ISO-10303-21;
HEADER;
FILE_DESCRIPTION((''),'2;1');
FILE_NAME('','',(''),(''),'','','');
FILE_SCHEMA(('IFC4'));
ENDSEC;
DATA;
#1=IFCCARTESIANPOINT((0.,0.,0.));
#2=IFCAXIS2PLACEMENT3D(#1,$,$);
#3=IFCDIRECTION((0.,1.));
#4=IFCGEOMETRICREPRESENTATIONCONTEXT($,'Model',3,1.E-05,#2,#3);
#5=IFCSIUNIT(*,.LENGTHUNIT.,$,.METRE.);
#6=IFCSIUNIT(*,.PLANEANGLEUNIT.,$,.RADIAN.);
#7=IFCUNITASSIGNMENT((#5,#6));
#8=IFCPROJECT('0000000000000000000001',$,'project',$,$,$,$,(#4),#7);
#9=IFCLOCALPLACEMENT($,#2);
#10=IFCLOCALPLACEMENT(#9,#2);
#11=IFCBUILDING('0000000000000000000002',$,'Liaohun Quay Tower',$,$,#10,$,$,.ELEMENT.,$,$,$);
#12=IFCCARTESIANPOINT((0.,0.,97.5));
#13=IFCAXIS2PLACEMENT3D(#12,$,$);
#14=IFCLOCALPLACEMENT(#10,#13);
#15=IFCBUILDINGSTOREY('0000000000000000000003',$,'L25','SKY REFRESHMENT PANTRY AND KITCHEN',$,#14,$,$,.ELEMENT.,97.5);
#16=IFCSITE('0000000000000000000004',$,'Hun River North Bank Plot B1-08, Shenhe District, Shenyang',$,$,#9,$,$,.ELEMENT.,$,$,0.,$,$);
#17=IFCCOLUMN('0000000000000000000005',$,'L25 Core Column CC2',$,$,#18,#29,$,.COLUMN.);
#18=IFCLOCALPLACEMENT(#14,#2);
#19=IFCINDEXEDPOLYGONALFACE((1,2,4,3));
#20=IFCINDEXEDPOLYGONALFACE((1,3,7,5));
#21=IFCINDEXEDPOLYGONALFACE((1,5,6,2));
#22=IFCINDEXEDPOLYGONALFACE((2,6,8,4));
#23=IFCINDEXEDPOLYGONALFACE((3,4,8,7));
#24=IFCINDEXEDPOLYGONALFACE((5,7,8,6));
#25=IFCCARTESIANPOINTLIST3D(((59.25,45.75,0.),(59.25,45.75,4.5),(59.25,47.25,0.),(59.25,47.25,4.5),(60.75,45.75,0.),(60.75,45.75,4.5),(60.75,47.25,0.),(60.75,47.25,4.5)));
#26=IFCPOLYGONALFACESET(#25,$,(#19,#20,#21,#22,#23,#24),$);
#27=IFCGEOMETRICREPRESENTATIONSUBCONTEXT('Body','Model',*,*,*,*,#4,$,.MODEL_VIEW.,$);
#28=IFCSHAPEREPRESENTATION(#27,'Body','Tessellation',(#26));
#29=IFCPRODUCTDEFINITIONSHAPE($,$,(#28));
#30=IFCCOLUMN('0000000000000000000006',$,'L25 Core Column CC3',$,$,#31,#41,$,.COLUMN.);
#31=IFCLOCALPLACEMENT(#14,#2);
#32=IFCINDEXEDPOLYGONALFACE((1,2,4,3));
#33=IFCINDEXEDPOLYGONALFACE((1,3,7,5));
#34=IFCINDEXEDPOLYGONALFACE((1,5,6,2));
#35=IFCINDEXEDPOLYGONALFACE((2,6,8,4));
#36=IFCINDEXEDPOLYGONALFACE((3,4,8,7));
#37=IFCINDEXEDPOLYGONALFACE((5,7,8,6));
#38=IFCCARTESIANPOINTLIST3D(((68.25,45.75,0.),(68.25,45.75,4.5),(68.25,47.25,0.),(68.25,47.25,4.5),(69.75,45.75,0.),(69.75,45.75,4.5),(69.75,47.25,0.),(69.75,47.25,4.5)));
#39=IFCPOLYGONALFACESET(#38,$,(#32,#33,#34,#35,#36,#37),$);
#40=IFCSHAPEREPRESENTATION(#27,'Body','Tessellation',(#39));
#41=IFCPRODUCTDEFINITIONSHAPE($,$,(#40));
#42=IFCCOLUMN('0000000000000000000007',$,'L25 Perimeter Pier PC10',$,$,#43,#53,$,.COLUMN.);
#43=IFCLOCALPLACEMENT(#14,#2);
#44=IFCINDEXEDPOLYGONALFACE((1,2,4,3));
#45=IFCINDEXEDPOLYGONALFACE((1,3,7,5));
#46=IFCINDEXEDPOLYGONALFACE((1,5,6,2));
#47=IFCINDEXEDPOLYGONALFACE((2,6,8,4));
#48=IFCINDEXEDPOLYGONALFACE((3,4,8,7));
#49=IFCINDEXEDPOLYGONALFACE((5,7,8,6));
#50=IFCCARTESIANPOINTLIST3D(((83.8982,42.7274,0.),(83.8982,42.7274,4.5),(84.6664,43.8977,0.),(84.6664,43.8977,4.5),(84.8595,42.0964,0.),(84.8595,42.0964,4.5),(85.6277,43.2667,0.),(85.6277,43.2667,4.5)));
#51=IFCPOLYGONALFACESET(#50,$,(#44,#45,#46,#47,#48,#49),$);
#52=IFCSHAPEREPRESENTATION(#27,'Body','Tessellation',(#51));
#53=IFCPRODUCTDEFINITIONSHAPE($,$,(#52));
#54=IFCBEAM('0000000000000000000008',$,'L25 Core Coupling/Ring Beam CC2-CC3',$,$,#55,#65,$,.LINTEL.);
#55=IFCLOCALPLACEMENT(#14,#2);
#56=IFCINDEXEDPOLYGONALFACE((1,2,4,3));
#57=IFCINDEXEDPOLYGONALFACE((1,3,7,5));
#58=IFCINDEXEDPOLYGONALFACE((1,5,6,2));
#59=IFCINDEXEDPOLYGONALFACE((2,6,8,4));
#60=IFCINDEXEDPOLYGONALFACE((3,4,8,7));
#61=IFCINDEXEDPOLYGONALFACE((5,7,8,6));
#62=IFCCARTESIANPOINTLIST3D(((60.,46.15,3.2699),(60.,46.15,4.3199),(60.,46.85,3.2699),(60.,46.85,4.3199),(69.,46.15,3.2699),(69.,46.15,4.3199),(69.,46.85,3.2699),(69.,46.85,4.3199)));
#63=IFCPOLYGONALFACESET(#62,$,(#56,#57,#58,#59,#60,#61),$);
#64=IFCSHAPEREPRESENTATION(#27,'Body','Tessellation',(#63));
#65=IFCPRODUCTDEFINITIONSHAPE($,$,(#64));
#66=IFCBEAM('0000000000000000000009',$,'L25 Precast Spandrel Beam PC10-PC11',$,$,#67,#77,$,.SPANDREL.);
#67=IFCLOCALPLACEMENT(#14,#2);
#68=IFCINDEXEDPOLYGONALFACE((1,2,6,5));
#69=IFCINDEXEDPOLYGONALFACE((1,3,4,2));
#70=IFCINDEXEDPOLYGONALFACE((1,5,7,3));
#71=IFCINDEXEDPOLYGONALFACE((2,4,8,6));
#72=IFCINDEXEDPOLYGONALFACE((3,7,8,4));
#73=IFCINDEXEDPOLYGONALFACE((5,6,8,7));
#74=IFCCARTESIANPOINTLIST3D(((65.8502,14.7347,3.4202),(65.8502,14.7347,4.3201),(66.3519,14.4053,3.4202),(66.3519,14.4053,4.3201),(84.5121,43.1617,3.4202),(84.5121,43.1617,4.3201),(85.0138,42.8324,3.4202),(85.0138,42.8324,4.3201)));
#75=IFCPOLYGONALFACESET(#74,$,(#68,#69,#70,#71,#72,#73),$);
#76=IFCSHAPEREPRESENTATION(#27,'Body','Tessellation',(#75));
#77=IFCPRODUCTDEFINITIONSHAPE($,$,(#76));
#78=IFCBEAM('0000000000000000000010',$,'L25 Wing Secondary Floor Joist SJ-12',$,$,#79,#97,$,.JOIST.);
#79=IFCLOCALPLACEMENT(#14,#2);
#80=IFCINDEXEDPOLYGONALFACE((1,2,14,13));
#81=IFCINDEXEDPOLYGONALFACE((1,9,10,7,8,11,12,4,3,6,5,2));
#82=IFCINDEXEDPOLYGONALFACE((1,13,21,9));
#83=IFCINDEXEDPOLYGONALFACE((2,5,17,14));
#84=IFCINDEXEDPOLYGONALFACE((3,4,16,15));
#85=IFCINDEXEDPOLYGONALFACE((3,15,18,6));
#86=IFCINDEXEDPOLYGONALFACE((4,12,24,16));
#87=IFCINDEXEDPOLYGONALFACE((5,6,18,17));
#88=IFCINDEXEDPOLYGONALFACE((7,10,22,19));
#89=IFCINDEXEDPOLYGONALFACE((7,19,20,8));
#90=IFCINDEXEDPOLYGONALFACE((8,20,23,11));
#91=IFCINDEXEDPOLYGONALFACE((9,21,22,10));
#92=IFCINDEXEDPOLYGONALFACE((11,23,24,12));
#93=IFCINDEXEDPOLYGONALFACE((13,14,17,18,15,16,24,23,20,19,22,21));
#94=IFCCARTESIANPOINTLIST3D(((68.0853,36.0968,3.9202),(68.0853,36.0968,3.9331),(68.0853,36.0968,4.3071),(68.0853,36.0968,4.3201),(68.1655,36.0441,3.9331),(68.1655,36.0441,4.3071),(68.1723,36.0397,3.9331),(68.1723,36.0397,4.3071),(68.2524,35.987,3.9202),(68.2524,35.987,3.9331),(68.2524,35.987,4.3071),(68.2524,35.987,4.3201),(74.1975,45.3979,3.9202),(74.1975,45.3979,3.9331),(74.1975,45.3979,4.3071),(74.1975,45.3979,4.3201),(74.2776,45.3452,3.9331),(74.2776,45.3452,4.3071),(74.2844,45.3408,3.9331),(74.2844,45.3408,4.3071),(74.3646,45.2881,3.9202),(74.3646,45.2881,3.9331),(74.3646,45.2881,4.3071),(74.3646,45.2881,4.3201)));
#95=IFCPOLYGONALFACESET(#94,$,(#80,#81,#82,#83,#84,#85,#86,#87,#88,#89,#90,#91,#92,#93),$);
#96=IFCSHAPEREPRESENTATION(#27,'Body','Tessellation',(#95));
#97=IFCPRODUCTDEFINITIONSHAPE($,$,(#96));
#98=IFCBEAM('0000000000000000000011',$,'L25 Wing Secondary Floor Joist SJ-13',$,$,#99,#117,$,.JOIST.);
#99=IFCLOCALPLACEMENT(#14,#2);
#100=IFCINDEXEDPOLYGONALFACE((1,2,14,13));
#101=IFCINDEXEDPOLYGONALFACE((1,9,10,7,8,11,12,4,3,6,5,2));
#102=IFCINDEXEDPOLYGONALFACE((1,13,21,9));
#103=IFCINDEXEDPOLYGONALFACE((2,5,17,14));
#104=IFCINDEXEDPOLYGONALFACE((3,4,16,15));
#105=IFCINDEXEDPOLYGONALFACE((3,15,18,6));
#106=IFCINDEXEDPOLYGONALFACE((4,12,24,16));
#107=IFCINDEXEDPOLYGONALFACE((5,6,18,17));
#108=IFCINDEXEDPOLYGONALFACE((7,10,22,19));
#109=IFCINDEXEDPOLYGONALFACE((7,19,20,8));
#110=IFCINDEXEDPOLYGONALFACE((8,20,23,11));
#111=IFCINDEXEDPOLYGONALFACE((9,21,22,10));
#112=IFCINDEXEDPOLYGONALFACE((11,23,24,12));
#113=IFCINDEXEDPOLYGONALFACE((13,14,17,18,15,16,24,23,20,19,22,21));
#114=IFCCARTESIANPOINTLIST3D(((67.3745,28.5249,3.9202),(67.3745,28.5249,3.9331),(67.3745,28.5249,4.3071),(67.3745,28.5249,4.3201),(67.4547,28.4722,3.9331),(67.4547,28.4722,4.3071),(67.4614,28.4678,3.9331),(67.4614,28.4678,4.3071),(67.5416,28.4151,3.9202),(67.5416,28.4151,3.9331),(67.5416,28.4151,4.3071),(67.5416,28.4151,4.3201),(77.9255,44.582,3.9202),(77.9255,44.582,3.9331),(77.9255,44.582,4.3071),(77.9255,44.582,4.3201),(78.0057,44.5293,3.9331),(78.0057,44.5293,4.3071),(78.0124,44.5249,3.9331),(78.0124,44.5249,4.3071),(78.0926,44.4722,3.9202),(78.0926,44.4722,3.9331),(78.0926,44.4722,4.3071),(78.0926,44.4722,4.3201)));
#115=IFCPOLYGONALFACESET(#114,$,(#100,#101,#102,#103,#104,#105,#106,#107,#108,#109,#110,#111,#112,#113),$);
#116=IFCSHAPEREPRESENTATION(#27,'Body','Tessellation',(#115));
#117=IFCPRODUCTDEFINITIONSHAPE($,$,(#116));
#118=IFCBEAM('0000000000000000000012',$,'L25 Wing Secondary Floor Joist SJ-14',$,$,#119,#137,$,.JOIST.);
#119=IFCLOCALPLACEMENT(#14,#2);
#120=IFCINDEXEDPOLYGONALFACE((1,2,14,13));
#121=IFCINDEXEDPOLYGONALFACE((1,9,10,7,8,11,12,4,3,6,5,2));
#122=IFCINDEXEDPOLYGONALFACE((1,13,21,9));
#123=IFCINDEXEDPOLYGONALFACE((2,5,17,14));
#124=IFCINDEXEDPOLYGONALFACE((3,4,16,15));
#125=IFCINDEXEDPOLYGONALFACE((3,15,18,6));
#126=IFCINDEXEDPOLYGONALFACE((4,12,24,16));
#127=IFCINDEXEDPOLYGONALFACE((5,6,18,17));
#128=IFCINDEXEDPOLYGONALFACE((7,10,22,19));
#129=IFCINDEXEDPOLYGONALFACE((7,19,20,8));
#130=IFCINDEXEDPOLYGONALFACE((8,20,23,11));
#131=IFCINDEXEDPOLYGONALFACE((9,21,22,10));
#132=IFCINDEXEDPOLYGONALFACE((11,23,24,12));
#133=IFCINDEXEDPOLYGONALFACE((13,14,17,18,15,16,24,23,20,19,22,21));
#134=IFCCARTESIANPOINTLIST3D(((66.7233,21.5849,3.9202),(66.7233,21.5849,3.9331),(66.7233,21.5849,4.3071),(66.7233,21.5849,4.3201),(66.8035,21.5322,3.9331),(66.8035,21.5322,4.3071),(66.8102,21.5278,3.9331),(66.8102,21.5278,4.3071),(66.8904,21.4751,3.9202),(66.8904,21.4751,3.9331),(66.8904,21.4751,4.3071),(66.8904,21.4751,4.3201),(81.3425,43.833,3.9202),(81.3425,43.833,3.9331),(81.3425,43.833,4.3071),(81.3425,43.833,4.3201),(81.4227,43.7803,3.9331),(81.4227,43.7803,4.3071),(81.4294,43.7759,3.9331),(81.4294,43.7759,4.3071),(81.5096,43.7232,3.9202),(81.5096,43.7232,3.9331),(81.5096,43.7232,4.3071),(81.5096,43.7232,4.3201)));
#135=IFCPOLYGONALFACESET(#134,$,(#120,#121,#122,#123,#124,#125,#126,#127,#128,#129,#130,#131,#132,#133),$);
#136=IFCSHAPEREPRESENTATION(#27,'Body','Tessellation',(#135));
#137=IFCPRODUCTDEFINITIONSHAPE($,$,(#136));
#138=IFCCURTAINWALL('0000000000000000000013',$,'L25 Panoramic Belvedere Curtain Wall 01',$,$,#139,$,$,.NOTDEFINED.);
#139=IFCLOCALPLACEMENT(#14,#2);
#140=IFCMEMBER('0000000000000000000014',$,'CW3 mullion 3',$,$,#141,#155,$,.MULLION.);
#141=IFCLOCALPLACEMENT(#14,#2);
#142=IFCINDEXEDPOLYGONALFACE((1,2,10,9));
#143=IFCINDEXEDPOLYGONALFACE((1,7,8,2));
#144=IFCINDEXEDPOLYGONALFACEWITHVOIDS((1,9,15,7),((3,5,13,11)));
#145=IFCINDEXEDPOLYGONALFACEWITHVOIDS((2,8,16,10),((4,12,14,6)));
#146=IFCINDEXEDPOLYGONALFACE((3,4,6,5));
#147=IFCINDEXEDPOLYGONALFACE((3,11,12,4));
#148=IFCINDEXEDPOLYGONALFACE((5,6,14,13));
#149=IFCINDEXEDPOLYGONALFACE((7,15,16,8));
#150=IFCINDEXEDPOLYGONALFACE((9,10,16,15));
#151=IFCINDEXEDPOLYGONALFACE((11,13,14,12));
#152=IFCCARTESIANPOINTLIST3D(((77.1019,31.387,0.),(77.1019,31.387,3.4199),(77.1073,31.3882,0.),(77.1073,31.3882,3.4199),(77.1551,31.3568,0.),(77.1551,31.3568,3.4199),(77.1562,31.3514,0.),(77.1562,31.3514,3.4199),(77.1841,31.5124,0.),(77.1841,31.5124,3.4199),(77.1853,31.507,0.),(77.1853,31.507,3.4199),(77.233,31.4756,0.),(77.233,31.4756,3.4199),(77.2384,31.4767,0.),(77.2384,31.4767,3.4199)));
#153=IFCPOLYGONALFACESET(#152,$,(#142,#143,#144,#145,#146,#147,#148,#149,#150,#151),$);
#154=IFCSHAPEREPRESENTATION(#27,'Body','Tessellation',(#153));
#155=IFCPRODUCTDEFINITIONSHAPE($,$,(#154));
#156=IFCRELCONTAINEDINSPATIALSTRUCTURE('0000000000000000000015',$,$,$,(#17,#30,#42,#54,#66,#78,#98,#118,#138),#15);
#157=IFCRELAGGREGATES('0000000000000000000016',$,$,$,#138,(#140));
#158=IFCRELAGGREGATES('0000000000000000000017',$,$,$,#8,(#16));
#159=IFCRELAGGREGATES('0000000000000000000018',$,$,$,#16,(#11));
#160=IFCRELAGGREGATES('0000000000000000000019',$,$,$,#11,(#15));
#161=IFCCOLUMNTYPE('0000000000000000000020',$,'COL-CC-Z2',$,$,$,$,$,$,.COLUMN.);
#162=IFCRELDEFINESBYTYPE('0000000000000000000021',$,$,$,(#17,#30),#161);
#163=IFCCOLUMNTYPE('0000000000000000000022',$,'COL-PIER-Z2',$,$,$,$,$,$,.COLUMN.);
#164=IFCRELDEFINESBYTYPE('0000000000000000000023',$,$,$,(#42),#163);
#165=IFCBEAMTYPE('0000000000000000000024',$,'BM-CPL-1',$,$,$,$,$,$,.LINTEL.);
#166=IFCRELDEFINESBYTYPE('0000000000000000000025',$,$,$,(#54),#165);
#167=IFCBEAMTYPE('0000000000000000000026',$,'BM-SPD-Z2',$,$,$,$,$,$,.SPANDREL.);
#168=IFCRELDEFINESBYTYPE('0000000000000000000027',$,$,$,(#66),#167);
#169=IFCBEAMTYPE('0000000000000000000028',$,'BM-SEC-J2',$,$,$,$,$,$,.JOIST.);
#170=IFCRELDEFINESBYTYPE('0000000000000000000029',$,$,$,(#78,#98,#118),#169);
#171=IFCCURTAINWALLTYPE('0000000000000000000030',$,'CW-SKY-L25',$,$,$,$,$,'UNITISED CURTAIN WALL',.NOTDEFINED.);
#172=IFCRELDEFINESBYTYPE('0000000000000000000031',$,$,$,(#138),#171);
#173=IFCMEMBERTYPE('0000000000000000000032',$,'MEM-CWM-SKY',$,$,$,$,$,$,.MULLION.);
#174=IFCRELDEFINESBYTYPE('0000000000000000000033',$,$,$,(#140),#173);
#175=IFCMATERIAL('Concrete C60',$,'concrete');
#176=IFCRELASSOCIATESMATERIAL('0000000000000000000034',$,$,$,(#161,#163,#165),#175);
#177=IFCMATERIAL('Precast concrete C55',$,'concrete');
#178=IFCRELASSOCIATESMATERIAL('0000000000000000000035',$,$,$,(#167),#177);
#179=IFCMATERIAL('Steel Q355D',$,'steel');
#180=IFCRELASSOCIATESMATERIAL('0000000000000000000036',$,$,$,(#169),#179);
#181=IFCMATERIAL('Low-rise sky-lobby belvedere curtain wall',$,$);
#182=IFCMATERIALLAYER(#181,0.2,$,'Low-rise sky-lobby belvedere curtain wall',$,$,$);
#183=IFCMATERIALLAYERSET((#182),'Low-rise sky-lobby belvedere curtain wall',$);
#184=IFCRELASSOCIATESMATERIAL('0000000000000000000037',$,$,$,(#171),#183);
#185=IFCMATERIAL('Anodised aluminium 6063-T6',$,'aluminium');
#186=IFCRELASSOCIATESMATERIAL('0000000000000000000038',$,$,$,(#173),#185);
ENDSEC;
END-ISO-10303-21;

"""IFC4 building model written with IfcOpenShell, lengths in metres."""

from ifc_helpers import new_model, si_unit, direction, frame, origin, origin_2d, place, context, subcontext, project, spatial, rectangle, hollow_rectangle, i_section, extrude, source, transform, mapped, material, layer, layer_set, material_profile, profile_set, type_object, element, aggregate, save


model = new_model("IFC4")

# Units and contexts
model_context = context("Model", 3, precision=1e-05, world=origin(), true_north=direction((0.0, 1.0)))
body_context = subcontext(model_context, "Body", "Model", "MODEL_VIEW")
ifc_project = project(units=[si_unit("LENGTHUNIT", "METRE"), si_unit("PLANEANGLEUNIT", "RADIAN")], contexts=[model_context])

# Site, building, storey
site_placement = place(None, origin())
site = spatial("IfcSite", under=ifc_project, at=site_placement, Name="Hun River North Bank Plot B1-08, Shenhe District, Shenyang", CompositionType="ELEMENT", RefElevation=0.0)
building_placement = place(site_placement, origin())
building = spatial("IfcBuilding", under=site, at=building_placement, Name="Liaohun Quay Tower", CompositionType="ELEMENT")
storey_placement = place(building_placement, frame((0.0, 0.0, 97.5)))
storey = spatial("IfcBuildingStorey", under=building, at=storey_placement, Name="L25", Description="SKY REFRESHMENT PANTRY AND KITCHEN", CompositionType="ELEMENT", Elevation=97.5)

# Columns
ifc_material_1 = material(Name="Concrete C60", Category="concrete")
ifc_material_profile_1 = material_profile(ifc_material_1, rectangle(XDim=1.5, YDim=1.5, at=origin_2d()), Name="RC1500x1500")
ifc_profile_set_1 = profile_set([ifc_material_profile_1], Name="Concrete C60")
column_type_1 = type_object("IfcColumnType", Name="COL-CC-Z2", PredefinedType="COLUMN", material=ifc_profile_set_1)
shared_shape_1 = source(origin(), body_context, "Body", "SweptSolid", [
    extrude(rectangle(XDim=1.5, YDim=1.5, at=origin_2d()), origin(), (0.0, 0.0, 1.0), 4.5),
])
for number, where, z_axis, x_axis, name in (
    (1, (60.0, 46.5, 0.0), (0.0, 0.0, 1.0), (1.0, 0.0, 0.0), "L25 Core Column CC2"),
    (2, (69.0, 46.5, 0.0), (0.0, 0.0, 1.0), (1.0, 0.0, 0.0), "L25 Core Column CC3"),
):
    element("IfcColumn", number, at=place(storey_placement, frame(where, z_axis=z_axis, x_axis=x_axis)), inside=storey, type_object=column_type_1, Name=name, PredefinedType="COLUMN", context=body_context, shape_type="MappedRepresentation", body=[
        mapped(shared_shape_1, transform((0.0, 0.0, 0.0), x_axis=(1.0, 0.0, 0.0), y_axis=(0.0, 1.0, 0.0), z_axis=(0.0, 0.0, 1.0), scale=1.0)),
    ])
ifc_material_profile_2 = material_profile(ifc_material_1, rectangle(XDim=1.3999, YDim=1.1499, at=origin_2d()), Name="RC1400x1150")
ifc_profile_set_2 = profile_set([ifc_material_profile_2], Name="Concrete C60")
column_type_2 = type_object("IfcColumnType", Name="COL-PIER-Z2", PredefinedType="COLUMN", material=ifc_profile_set_2)
shared_shape_2 = source(origin(), body_context, "Body", "SweptSolid", [
    extrude(rectangle(XDim=1.3999, YDim=1.1499, at=origin_2d()), origin(), (0.0, 0.0, 1.0), 4.5),
])
column_placement = place(storey_placement, frame((84.7629, 42.9971, 0.0), z_axis=(0.0, 0.0, 1.0), x_axis=(0.548731, 0.835999, 0.0)))
element("IfcColumn", 3, at=column_placement, inside=storey, type_object=column_type_2, Name="L25 Perimeter Pier PC10", PredefinedType="COLUMN", context=body_context, shape_type="MappedRepresentation", body=[
    mapped(shared_shape_2, transform((0.0, 0.0, 0.0), x_axis=(1.0, 0.0, 0.0), y_axis=(0.0, 1.0, 0.0), z_axis=(0.0, 0.0, 1.0), scale=1.0)),
])

# Beams
ifc_material_profile_3 = material_profile(ifc_material_1, rectangle(XDim=0.7, YDim=1.05, at=origin_2d()), Name="RC700x1050")
ifc_profile_set_3 = profile_set([ifc_material_profile_3], Name="Concrete C60")
beam_type_1 = type_object("IfcBeamType", Name="BM-CPL-1", PredefinedType="LINTEL", material=ifc_profile_set_3)
shared_shape_3 = source(origin(), body_context, "Body", "SweptSolid", [
    extrude(rectangle(XDim=0.7, YDim=1.05, at=origin_2d()), origin(), (0.0, 0.0, 1.0), 9.0),
])
beam_1_placement = place(storey_placement, frame((60.0, 46.5, 3.7949), z_axis=(1.0, 0.0, 0.0), x_axis=(0.0, 1.0, 0.0)))
element("IfcBeam", 4, at=beam_1_placement, inside=storey, type_object=beam_type_1, Name="L25 Core Coupling/Ring Beam CC2-CC3", PredefinedType="LINTEL", context=body_context, shape_type="MappedRepresentation", body=[
    mapped(shared_shape_3, transform((0.0, 0.0, 0.0), x_axis=(1.0, 0.0, 0.0), y_axis=(0.0, 1.0, 0.0), z_axis=(0.0, 0.0, 1.0), scale=1.0)),
])
ifc_material_2 = material(Name="Precast concrete C55", Category="concrete")
ifc_material_profile_4 = material_profile(ifc_material_2, rectangle(XDim=0.6001, YDim=0.8999, at=origin_2d()), Name="RC600x900")
ifc_profile_set_4 = profile_set([ifc_material_profile_4], Name="Precast concrete C55")
beam_type_2 = type_object("IfcBeamType", Name="BM-SPD-Z2", PredefinedType="SPANDREL", material=ifc_profile_set_4)
shared_shape_4 = source(origin(), body_context, "Body", "SweptSolid", [
    extrude(rectangle(XDim=0.6001, YDim=0.8999, at=origin_2d()), origin(), (0.0, 0.0, 1.0), 34.0054),
])
beam_2_placement = place(storey_placement, frame((84.7629, 42.9971, 3.8701), z_axis=(-0.548793, -0.835958, 0.0), x_axis=(0.835958, -0.548793, 0.0)))
element("IfcBeam", 5, at=beam_2_placement, inside=storey, type_object=beam_type_2, Name="L25 Precast Spandrel Beam PC10-PC11", PredefinedType="SPANDREL", context=body_context, shape_type="MappedRepresentation", body=[
    mapped(shared_shape_4, transform((0.0, 0.0, 0.0), x_axis=(1.0, 0.0, 0.0), y_axis=(0.0, 1.0, 0.0), z_axis=(0.0, 0.0, 1.0), scale=1.0)),
])
ifc_material_3 = material(Name="Steel Q355D", Category="steel")
ifc_material_profile_5 = material_profile(ifc_material_3, i_section(OverallWidth=0.2, OverallDepth=0.3999, WebThickness=0.0081, FlangeThickness=0.0129, at=origin_2d()), Name="HN400x200x8x13")
ifc_profile_set_5 = profile_set([ifc_material_profile_5], Name="Steel Q355D")
beam_type_3 = type_object("IfcBeamType", Name="BM-SEC-J2", PredefinedType="JOIST", material=ifc_profile_set_5)
shared_shape_5 = source(origin(), body_context, "Body", "SweptSolid", [
    extrude(i_section(OverallWidth=0.2, OverallDepth=0.3999, WebThickness=0.0081, FlangeThickness=0.0129, at=origin_2d()), origin(), (0.0, 0.0, 1.0), 11.1296),
])
beam_3_placement = place(storey_placement, frame((74.281, 45.343, 4.1201), z_axis=(-0.549175, -0.835707, 0.0), x_axis=(0.835707, -0.549175, 0.0)))
element("IfcBeam", 6, at=beam_3_placement, inside=storey, type_object=beam_type_3, Name="L25 Wing Secondary Floor Joist SJ-12", PredefinedType="JOIST", context=body_context, shape_type="MappedRepresentation", body=[
    mapped(shared_shape_5, transform((0.0, 0.0, 0.0), x_axis=(1.0, 0.0, 0.0), y_axis=(0.0, 1.0, 0.0), z_axis=(0.0, 0.0, 1.0), scale=1.0)),
])
shared_shape_6 = source(origin(), body_context, "Body", "SweptSolid", [
    extrude(i_section(OverallWidth=0.2, OverallDepth=0.3999, WebThickness=0.0081, FlangeThickness=0.0129, at=origin_2d()), origin(), (0.0, 0.0, 1.0), 19.2134),
])
beam_4_placement = place(storey_placement, frame((78.009, 44.5271, 4.1201), z_axis=(-0.549149, -0.835725, 0.0), x_axis=(0.835725, -0.549149, 0.0)))
element("IfcBeam", 7, at=beam_4_placement, inside=storey, type_object=beam_type_3, Name="L25 Wing Secondary Floor Joist SJ-13", PredefinedType="JOIST", context=body_context, shape_type="MappedRepresentation", body=[
    mapped(shared_shape_6, transform((0.0, 0.0, 0.0), x_axis=(1.0, 0.0, 0.0), y_axis=(0.0, 1.0, 0.0), z_axis=(0.0, 0.0, 1.0), scale=1.0)),
])
shared_shape_7 = source(origin(), body_context, "Body", "SweptSolid", [
    extrude(i_section(OverallWidth=0.2, OverallDepth=0.3999, WebThickness=0.0081, FlangeThickness=0.0129, at=origin_2d()), origin(), (0.0, 0.0, 1.0), 26.6213),
])
beam_5_placement = place(storey_placement, frame((81.426, 43.7781, 4.1201), z_axis=(-0.549152, -0.835723, 0.0), x_axis=(0.835723, -0.549152, 0.0)))
element("IfcBeam", 8, at=beam_5_placement, inside=storey, type_object=beam_type_3, Name="L25 Wing Secondary Floor Joist SJ-14", PredefinedType="JOIST", context=body_context, shape_type="MappedRepresentation", body=[
    mapped(shared_shape_7, transform((0.0, 0.0, 0.0), x_axis=(1.0, 0.0, 0.0), y_axis=(0.0, 1.0, 0.0), z_axis=(0.0, 0.0, 1.0), scale=1.0)),
])

# Curtain wall, member
ifc_material_4 = material(Name="Low-rise sky-lobby belvedere curtain wall")
ifc_layer_1 = layer(ifc_material_4, 0.2, Name="Low-rise sky-lobby belvedere curtain wall")
ifc_layer_set_1 = layer_set([ifc_layer_1], Name="Low-rise sky-lobby belvedere curtain wall")
curtain_wall_type = type_object("IfcCurtainWallType", Name="CW-SKY-L25", ElementType="UNITISED CURTAIN WALL", PredefinedType="NOTDEFINED", material=ifc_layer_set_1)
curtain_wall_placement = place(storey_placement, origin())
curtain_wall = element("IfcCurtainWall", 9, at=curtain_wall_placement, inside=storey, type_object=curtain_wall_type, Name="L25 Panoramic Belvedere Curtain Wall 01", PredefinedType="NOTDEFINED")
ifc_material_5 = material(Name="Anodised aluminium 6063-T6", Category="aluminium")
ifc_material_profile_6 = material_profile(ifc_material_5, hollow_rectangle(XDim=0.0649, YDim=0.1499, WallThickness=0.0039, at=origin_2d()), Name="RHS150x65x4")
ifc_profile_set_6 = profile_set([ifc_material_profile_6], Name="Anodised aluminium 6063-T6")
member_type = type_object("IfcMemberType", Name="MEM-CWM-SKY", PredefinedType="MULLION", material=ifc_profile_set_6)
shared_shape_8 = source(origin(), body_context, "Body", "SweptSolid", [
    extrude(hollow_rectangle(XDim=0.0649, YDim=0.1499, WallThickness=0.0039, at=origin_2d()), origin(), (0.0, 0.0, 1.0), 3.4199),
])
member_placement = place(storey_placement, frame((77.1702, 31.4319, 0.0), z_axis=(0.0, 0.0, 1.0), x_axis=(-0.836019, 0.548701, 0.0)))
member = element("IfcMember", 10, at=member_placement, type_object=member_type, Name="CW3 mullion 3", PredefinedType="MULLION", context=body_context, shape_type="MappedRepresentation", body=[
    mapped(shared_shape_8, transform((0.0, 0.0, 0.0), x_axis=(1.0, 0.0, 0.0), y_axis=(0.0, 1.0, 0.0), z_axis=(0.0, 0.0, 1.0), scale=1.0)),
])
aggregate(curtain_wall, [member])

save(model, "model.ifc")
